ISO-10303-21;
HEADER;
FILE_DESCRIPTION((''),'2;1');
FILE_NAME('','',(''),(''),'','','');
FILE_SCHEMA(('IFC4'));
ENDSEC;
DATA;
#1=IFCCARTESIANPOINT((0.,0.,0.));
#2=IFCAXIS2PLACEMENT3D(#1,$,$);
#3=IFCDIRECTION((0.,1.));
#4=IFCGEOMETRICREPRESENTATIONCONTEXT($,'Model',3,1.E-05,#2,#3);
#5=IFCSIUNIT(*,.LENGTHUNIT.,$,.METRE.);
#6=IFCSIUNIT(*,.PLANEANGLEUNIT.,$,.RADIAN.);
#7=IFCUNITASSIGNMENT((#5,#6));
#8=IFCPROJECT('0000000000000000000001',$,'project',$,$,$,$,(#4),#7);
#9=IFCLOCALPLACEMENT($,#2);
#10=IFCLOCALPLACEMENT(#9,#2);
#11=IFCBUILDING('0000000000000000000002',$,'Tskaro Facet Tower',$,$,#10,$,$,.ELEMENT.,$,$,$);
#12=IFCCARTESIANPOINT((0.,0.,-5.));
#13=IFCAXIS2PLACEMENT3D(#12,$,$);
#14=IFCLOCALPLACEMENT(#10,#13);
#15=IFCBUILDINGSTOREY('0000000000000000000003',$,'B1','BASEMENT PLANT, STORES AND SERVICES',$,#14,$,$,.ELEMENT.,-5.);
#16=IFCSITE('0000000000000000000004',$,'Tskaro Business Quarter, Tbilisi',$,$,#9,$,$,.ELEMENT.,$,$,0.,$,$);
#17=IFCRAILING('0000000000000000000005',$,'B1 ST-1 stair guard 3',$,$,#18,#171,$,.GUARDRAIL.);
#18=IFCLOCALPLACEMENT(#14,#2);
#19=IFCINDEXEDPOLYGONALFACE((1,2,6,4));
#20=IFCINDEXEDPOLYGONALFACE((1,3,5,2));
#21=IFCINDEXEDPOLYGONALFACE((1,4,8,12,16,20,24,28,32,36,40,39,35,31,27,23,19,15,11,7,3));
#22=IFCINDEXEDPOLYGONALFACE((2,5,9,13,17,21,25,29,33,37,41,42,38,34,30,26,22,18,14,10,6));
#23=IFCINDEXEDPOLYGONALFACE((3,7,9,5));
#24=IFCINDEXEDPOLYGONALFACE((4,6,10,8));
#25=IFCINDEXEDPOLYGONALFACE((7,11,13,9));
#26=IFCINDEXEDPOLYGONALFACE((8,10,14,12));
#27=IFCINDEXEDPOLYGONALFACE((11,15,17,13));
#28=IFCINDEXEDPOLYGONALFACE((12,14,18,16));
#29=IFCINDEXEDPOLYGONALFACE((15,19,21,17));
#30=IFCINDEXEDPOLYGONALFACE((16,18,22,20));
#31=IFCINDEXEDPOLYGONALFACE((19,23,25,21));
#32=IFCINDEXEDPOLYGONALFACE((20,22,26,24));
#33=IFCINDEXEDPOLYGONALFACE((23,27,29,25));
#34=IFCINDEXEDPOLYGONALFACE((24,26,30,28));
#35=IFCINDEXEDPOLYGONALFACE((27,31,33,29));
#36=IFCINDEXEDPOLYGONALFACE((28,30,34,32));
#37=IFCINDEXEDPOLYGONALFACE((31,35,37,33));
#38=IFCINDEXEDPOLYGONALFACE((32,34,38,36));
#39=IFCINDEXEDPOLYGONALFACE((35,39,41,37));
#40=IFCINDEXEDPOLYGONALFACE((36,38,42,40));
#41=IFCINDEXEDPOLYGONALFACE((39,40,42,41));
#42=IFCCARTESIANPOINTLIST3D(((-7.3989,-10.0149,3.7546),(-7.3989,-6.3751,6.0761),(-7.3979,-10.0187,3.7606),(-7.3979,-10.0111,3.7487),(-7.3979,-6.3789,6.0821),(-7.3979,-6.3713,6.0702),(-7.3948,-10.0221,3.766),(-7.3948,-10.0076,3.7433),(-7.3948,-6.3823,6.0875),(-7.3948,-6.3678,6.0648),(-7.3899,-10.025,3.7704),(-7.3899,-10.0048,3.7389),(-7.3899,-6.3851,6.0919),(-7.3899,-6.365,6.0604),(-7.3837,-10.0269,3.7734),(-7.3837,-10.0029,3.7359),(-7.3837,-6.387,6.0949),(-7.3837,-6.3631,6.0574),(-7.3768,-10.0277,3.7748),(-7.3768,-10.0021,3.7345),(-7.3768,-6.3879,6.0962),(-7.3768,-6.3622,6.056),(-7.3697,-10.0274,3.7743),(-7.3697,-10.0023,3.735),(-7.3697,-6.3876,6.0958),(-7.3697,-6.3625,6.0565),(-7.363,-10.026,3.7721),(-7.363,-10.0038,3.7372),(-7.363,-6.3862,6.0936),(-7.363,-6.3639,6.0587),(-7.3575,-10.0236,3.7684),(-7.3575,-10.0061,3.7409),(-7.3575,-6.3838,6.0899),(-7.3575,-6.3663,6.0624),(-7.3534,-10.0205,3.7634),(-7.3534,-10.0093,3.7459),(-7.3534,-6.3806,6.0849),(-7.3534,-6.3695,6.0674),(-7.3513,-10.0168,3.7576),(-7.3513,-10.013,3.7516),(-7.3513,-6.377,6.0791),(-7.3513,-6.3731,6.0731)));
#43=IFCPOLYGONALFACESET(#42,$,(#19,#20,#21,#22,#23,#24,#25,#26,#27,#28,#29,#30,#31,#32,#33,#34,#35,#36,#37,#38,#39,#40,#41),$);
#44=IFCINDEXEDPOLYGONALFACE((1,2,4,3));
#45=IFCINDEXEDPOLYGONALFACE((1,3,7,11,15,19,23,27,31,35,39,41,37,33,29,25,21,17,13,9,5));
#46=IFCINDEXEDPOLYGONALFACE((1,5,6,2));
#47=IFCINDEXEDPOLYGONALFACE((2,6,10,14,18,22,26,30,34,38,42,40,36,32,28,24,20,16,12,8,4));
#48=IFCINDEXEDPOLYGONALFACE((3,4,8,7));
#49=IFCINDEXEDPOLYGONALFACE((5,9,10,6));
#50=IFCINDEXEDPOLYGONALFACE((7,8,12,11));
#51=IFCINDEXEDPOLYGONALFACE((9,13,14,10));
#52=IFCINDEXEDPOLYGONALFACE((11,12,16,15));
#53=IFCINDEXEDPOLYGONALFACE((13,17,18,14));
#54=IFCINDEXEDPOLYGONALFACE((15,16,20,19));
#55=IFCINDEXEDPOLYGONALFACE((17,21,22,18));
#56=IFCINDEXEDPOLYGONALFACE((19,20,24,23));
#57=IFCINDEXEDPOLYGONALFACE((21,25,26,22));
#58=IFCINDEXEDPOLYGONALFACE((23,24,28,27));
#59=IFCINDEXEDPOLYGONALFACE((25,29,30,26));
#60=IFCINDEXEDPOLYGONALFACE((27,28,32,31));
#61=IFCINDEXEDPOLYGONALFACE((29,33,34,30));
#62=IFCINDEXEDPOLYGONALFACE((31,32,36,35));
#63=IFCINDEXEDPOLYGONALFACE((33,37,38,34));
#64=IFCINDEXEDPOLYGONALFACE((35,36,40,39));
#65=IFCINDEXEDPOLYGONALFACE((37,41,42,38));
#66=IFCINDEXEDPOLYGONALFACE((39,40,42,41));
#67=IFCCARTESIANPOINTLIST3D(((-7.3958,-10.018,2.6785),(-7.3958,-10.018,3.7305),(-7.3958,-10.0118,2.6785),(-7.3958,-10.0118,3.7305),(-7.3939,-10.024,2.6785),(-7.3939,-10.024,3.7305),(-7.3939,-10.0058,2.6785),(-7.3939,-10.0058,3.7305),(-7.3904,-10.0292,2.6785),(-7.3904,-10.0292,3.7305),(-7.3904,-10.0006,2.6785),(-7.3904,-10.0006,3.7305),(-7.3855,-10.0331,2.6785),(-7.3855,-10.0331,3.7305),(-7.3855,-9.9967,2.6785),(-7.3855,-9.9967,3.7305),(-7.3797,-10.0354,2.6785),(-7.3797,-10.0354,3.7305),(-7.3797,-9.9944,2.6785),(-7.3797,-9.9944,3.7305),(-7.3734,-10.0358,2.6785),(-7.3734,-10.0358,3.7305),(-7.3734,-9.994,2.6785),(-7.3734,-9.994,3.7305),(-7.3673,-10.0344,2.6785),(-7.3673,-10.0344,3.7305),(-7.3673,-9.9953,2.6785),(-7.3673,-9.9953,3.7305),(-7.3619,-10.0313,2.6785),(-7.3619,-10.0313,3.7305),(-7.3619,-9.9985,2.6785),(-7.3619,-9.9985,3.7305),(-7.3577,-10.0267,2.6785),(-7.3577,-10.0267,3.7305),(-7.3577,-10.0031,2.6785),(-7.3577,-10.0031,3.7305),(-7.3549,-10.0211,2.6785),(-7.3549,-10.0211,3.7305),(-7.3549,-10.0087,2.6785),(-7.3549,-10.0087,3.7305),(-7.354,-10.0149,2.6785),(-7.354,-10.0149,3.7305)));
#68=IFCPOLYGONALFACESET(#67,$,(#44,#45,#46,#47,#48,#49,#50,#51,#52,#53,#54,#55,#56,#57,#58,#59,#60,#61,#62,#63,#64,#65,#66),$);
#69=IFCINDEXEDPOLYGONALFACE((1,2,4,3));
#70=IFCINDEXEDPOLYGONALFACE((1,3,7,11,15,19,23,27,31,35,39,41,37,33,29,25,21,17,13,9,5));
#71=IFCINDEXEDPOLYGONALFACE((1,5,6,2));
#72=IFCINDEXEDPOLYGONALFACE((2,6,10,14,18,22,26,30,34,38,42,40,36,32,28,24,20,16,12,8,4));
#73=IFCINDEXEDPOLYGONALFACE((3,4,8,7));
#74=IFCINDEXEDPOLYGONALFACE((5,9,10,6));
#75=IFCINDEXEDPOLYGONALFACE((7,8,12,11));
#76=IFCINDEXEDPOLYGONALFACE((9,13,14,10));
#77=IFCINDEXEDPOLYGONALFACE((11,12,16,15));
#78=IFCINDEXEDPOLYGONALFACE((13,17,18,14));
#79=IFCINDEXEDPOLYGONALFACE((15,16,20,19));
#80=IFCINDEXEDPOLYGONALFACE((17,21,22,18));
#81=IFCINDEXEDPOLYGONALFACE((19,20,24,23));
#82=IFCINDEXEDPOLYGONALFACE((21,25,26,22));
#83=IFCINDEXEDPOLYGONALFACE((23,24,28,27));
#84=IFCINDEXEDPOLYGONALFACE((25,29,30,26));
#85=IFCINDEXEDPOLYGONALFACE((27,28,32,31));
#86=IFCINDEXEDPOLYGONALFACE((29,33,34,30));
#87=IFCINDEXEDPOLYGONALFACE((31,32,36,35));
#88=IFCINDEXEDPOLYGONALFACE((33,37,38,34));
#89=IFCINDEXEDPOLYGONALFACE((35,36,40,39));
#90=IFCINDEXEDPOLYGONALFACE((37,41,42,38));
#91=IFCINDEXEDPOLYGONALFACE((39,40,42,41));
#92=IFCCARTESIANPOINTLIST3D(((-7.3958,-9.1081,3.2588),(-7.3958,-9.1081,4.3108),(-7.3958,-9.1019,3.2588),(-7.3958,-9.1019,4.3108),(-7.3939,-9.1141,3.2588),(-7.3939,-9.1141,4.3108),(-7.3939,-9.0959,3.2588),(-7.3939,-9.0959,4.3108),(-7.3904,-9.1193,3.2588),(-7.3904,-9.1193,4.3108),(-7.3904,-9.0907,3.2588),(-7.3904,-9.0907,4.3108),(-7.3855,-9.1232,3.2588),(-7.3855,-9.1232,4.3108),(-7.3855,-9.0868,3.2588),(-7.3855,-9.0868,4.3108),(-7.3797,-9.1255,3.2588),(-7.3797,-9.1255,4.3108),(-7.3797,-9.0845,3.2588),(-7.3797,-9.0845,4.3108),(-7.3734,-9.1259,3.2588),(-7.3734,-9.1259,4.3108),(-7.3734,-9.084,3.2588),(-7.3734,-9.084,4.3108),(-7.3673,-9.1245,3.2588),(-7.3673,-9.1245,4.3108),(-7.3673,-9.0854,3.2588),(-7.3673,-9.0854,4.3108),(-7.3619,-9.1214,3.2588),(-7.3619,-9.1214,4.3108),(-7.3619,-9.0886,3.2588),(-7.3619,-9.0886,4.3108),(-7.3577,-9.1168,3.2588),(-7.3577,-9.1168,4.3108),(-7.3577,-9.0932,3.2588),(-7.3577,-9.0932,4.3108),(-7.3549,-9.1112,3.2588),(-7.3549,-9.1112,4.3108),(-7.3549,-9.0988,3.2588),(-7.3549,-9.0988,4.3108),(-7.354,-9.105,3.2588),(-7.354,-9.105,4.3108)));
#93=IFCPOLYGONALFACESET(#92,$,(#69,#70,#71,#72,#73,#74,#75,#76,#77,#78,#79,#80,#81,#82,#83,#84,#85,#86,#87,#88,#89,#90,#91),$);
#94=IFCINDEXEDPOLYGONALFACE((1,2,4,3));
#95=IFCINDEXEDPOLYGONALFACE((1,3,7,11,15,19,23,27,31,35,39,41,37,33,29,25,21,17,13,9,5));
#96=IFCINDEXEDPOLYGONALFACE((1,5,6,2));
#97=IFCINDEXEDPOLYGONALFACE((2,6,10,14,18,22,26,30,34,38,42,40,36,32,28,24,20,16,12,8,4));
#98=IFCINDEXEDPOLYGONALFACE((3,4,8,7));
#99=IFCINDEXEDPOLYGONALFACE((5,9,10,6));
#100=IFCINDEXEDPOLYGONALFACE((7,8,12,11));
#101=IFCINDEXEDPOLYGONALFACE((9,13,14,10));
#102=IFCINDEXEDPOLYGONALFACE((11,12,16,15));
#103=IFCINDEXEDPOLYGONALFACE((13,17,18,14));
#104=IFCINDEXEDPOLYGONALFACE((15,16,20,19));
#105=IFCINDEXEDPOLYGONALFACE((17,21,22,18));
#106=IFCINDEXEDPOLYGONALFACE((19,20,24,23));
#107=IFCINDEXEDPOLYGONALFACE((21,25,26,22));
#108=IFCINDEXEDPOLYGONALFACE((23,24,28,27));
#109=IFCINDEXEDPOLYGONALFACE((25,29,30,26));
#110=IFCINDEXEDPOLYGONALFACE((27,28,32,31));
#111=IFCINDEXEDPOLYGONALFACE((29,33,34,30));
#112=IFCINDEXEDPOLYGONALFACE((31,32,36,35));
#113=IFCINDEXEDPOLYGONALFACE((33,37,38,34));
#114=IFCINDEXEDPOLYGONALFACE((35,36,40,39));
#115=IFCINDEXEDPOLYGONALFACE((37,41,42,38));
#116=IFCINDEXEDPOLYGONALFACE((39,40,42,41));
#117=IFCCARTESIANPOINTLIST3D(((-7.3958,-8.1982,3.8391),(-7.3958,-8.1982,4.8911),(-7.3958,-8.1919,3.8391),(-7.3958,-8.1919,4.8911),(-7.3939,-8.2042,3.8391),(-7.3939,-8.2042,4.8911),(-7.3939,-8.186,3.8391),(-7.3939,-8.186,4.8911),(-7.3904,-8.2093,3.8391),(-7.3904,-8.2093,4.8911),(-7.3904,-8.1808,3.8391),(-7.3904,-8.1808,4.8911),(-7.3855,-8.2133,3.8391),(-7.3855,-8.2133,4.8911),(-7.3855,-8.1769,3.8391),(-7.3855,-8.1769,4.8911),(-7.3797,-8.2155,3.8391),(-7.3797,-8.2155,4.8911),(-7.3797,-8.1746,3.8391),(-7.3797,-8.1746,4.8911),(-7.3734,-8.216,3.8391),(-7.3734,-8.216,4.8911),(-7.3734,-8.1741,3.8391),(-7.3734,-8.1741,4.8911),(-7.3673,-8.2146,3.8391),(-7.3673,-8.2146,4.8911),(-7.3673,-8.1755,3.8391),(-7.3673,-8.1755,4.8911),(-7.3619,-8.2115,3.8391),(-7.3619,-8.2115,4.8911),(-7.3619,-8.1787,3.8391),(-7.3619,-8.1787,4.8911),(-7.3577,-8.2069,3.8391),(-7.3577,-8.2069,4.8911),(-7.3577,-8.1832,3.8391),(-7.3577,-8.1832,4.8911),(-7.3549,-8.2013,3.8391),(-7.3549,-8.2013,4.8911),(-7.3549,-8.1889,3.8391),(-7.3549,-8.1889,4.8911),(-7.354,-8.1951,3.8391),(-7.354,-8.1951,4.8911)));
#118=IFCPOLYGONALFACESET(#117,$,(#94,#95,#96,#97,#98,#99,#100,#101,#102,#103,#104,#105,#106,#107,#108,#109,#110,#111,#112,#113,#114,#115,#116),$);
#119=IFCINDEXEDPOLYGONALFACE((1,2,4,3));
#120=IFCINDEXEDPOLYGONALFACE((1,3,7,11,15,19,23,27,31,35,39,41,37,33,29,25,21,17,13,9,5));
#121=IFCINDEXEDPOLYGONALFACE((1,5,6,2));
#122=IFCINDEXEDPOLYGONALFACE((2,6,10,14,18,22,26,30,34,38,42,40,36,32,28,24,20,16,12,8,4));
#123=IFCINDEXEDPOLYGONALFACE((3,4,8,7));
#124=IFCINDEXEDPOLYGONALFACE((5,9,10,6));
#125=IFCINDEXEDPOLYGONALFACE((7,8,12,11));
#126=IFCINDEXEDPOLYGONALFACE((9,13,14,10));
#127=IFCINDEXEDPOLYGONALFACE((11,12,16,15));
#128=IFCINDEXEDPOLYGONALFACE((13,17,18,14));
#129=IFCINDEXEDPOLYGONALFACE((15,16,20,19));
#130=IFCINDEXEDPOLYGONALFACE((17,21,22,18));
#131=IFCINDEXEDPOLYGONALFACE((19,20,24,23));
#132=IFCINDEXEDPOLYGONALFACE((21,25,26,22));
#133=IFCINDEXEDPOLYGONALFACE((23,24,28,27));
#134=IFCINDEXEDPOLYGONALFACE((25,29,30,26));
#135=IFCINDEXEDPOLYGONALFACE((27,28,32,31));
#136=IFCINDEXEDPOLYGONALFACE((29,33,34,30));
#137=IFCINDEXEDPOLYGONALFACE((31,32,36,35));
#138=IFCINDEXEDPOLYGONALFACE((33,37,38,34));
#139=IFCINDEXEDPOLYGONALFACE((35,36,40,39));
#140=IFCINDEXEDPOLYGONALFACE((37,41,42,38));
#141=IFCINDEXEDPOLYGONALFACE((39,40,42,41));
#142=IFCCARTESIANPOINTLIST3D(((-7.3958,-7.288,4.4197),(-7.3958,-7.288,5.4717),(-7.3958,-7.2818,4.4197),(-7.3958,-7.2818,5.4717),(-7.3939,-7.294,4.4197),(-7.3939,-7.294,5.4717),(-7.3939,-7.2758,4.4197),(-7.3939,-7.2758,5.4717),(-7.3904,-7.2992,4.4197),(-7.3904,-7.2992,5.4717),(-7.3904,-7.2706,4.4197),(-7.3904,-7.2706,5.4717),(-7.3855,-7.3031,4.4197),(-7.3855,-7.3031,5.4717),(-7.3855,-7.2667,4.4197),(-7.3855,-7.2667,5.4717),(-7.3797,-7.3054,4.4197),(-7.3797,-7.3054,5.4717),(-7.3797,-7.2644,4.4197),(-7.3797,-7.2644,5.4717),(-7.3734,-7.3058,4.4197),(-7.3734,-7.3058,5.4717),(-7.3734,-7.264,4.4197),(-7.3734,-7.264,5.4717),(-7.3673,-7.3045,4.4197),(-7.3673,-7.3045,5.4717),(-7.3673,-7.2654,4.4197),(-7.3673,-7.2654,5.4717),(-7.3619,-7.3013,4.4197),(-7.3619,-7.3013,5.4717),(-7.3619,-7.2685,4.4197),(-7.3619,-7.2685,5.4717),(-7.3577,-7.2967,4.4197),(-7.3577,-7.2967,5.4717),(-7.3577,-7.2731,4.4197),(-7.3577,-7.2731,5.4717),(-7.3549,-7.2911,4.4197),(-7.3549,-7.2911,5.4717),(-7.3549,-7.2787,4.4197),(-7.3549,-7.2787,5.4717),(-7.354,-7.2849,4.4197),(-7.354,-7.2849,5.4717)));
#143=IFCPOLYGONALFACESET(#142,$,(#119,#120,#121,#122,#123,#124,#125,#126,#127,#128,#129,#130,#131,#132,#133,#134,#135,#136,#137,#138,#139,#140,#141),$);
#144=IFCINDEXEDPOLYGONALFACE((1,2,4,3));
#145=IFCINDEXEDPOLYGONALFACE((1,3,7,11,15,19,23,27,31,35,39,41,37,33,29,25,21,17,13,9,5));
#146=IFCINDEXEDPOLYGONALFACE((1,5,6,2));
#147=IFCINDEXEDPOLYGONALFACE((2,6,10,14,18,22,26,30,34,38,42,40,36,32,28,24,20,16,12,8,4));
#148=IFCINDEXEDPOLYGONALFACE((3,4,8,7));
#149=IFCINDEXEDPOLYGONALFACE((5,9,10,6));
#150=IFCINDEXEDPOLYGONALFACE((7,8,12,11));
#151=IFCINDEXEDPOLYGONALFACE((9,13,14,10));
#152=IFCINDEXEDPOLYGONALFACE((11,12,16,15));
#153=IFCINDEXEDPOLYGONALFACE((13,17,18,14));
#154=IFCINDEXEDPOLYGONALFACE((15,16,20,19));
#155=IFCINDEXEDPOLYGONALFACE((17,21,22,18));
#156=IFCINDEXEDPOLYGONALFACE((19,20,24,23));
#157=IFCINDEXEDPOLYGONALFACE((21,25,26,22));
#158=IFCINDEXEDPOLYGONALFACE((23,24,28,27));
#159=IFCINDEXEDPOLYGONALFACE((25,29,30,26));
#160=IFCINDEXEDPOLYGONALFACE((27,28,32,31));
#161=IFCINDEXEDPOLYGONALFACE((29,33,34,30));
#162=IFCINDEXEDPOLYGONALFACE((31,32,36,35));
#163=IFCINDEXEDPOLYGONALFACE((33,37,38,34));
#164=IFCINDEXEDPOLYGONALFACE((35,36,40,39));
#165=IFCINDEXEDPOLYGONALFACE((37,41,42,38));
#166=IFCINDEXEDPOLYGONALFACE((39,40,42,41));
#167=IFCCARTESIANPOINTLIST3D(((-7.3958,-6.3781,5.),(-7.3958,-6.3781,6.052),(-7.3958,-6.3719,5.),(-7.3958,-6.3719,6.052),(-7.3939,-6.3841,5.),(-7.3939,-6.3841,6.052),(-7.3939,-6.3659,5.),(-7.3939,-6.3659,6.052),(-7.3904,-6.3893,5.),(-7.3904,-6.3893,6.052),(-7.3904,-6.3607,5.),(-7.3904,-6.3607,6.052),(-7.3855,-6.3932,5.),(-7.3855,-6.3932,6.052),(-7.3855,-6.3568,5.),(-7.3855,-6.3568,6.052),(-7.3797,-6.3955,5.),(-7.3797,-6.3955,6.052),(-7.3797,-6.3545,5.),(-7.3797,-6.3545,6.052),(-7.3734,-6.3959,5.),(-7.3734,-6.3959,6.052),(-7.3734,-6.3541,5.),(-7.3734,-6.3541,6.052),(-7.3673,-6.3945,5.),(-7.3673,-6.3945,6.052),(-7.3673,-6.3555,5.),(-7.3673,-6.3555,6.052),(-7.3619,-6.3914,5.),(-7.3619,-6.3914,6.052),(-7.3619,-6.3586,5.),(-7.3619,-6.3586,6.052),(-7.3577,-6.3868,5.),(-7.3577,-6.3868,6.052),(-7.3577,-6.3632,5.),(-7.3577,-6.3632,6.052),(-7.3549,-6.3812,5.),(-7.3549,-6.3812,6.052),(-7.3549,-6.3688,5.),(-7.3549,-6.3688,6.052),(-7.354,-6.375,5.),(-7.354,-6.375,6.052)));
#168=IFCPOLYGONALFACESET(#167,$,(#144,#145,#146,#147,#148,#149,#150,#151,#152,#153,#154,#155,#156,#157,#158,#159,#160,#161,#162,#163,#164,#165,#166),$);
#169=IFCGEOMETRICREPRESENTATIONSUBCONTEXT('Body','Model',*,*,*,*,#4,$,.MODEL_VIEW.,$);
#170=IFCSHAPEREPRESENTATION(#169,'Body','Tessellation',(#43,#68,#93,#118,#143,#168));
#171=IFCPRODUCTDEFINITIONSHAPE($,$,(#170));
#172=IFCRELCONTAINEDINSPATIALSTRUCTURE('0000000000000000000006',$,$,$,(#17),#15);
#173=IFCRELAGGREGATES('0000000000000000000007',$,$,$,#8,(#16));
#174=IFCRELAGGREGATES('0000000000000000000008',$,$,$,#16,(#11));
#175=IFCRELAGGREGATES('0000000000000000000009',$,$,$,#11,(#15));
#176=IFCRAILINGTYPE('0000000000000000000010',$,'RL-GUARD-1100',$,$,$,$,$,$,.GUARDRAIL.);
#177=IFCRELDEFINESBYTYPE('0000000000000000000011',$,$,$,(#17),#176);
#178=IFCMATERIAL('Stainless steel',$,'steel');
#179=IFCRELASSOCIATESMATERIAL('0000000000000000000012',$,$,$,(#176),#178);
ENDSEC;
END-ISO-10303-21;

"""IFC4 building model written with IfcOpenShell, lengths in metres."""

from ifc_helpers import new_model, si_unit, direction, frame, origin, origin_2d, place, context, subcontext, project, spatial, circle, extrude, material, type_object, element, save


model = new_model("IFC4")

# Units and contexts
model_context = context("Model", 3, precision=1e-05, world=origin(), true_north=direction((0.0, 1.0)))
body_context = subcontext(model_context, "Body", "Model", "MODEL_VIEW")
ifc_project = project(units=[si_unit("LENGTHUNIT", "METRE"), si_unit("PLANEANGLEUNIT", "RADIAN")], contexts=[model_context])

# Site, building, storey
site_placement = place(None, origin())
site = spatial("IfcSite", under=ifc_project, at=site_placement, Name="Tskaro Business Quarter, Tbilisi", CompositionType="ELEMENT", RefElevation=0.0)
building_placement = place(site_placement, origin())
building = spatial("IfcBuilding", under=site, at=building_placement, Name="Tskaro Facet Tower", CompositionType="ELEMENT")
storey_placement = place(building_placement, frame((0.0, 0.0, -5.0)))
storey = spatial("IfcBuildingStorey", under=building, at=storey_placement, Name="B1", Description="BASEMENT PLANT, STORES AND SERVICES", CompositionType="ELEMENT", Elevation=-5.0)

# Shared definitions
ifc_material_1 = material(Name="Stainless steel", Category="steel")

# Railing
railing_type_1 = type_object("IfcRailingType", Name="RL-GUARD-1100", PredefinedType="GUARDRAIL", material=ifc_material_1)
railing_1_placement = place(storey_placement, frame((-7.375, -10.0149, 2.6785)))
element("IfcRailing", 1, at=railing_1_placement, inside=storey, type_object=railing_type_1, Name="B1 ST-1 stair guard 3", PredefinedType="GUARDRAIL", context=body_context, shape_type="SweptSolid", body=[
    extrude(circle(Radius=0.0239, at=origin_2d()), frame((0.0, 0.0, 1.0762), z_axis=(0.0, 0.843112, 0.537739), x_axis=(-1.0, 0.0, 0.0)), (0.0, 0.0, 1.0), 4.3171),
    extrude(circle(Radius=0.021, at=origin_2d()), origin(), (0.0, 0.0, 1.0), 1.052),
    extrude(circle(Radius=0.021, at=origin_2d()), frame((0.0, 0.9099, 0.5803)), (0.0, 0.0, 1.0), 1.052),
    extrude(circle(Radius=0.021, at=origin_2d()), frame((0.0, 1.8198, 1.1606)), (0.0, 0.0, 1.0), 1.052),
    extrude(circle(Radius=0.021, at=origin_2d()), frame((0.0, 2.73, 1.7412)), (0.0, 0.0, 1.0), 1.052),
    extrude(circle(Radius=0.021, at=origin_2d()), frame((0.0, 3.6399, 2.3215)), (0.0, 0.0, 1.0), 1.052),
])

save(model, "model.ifc")
